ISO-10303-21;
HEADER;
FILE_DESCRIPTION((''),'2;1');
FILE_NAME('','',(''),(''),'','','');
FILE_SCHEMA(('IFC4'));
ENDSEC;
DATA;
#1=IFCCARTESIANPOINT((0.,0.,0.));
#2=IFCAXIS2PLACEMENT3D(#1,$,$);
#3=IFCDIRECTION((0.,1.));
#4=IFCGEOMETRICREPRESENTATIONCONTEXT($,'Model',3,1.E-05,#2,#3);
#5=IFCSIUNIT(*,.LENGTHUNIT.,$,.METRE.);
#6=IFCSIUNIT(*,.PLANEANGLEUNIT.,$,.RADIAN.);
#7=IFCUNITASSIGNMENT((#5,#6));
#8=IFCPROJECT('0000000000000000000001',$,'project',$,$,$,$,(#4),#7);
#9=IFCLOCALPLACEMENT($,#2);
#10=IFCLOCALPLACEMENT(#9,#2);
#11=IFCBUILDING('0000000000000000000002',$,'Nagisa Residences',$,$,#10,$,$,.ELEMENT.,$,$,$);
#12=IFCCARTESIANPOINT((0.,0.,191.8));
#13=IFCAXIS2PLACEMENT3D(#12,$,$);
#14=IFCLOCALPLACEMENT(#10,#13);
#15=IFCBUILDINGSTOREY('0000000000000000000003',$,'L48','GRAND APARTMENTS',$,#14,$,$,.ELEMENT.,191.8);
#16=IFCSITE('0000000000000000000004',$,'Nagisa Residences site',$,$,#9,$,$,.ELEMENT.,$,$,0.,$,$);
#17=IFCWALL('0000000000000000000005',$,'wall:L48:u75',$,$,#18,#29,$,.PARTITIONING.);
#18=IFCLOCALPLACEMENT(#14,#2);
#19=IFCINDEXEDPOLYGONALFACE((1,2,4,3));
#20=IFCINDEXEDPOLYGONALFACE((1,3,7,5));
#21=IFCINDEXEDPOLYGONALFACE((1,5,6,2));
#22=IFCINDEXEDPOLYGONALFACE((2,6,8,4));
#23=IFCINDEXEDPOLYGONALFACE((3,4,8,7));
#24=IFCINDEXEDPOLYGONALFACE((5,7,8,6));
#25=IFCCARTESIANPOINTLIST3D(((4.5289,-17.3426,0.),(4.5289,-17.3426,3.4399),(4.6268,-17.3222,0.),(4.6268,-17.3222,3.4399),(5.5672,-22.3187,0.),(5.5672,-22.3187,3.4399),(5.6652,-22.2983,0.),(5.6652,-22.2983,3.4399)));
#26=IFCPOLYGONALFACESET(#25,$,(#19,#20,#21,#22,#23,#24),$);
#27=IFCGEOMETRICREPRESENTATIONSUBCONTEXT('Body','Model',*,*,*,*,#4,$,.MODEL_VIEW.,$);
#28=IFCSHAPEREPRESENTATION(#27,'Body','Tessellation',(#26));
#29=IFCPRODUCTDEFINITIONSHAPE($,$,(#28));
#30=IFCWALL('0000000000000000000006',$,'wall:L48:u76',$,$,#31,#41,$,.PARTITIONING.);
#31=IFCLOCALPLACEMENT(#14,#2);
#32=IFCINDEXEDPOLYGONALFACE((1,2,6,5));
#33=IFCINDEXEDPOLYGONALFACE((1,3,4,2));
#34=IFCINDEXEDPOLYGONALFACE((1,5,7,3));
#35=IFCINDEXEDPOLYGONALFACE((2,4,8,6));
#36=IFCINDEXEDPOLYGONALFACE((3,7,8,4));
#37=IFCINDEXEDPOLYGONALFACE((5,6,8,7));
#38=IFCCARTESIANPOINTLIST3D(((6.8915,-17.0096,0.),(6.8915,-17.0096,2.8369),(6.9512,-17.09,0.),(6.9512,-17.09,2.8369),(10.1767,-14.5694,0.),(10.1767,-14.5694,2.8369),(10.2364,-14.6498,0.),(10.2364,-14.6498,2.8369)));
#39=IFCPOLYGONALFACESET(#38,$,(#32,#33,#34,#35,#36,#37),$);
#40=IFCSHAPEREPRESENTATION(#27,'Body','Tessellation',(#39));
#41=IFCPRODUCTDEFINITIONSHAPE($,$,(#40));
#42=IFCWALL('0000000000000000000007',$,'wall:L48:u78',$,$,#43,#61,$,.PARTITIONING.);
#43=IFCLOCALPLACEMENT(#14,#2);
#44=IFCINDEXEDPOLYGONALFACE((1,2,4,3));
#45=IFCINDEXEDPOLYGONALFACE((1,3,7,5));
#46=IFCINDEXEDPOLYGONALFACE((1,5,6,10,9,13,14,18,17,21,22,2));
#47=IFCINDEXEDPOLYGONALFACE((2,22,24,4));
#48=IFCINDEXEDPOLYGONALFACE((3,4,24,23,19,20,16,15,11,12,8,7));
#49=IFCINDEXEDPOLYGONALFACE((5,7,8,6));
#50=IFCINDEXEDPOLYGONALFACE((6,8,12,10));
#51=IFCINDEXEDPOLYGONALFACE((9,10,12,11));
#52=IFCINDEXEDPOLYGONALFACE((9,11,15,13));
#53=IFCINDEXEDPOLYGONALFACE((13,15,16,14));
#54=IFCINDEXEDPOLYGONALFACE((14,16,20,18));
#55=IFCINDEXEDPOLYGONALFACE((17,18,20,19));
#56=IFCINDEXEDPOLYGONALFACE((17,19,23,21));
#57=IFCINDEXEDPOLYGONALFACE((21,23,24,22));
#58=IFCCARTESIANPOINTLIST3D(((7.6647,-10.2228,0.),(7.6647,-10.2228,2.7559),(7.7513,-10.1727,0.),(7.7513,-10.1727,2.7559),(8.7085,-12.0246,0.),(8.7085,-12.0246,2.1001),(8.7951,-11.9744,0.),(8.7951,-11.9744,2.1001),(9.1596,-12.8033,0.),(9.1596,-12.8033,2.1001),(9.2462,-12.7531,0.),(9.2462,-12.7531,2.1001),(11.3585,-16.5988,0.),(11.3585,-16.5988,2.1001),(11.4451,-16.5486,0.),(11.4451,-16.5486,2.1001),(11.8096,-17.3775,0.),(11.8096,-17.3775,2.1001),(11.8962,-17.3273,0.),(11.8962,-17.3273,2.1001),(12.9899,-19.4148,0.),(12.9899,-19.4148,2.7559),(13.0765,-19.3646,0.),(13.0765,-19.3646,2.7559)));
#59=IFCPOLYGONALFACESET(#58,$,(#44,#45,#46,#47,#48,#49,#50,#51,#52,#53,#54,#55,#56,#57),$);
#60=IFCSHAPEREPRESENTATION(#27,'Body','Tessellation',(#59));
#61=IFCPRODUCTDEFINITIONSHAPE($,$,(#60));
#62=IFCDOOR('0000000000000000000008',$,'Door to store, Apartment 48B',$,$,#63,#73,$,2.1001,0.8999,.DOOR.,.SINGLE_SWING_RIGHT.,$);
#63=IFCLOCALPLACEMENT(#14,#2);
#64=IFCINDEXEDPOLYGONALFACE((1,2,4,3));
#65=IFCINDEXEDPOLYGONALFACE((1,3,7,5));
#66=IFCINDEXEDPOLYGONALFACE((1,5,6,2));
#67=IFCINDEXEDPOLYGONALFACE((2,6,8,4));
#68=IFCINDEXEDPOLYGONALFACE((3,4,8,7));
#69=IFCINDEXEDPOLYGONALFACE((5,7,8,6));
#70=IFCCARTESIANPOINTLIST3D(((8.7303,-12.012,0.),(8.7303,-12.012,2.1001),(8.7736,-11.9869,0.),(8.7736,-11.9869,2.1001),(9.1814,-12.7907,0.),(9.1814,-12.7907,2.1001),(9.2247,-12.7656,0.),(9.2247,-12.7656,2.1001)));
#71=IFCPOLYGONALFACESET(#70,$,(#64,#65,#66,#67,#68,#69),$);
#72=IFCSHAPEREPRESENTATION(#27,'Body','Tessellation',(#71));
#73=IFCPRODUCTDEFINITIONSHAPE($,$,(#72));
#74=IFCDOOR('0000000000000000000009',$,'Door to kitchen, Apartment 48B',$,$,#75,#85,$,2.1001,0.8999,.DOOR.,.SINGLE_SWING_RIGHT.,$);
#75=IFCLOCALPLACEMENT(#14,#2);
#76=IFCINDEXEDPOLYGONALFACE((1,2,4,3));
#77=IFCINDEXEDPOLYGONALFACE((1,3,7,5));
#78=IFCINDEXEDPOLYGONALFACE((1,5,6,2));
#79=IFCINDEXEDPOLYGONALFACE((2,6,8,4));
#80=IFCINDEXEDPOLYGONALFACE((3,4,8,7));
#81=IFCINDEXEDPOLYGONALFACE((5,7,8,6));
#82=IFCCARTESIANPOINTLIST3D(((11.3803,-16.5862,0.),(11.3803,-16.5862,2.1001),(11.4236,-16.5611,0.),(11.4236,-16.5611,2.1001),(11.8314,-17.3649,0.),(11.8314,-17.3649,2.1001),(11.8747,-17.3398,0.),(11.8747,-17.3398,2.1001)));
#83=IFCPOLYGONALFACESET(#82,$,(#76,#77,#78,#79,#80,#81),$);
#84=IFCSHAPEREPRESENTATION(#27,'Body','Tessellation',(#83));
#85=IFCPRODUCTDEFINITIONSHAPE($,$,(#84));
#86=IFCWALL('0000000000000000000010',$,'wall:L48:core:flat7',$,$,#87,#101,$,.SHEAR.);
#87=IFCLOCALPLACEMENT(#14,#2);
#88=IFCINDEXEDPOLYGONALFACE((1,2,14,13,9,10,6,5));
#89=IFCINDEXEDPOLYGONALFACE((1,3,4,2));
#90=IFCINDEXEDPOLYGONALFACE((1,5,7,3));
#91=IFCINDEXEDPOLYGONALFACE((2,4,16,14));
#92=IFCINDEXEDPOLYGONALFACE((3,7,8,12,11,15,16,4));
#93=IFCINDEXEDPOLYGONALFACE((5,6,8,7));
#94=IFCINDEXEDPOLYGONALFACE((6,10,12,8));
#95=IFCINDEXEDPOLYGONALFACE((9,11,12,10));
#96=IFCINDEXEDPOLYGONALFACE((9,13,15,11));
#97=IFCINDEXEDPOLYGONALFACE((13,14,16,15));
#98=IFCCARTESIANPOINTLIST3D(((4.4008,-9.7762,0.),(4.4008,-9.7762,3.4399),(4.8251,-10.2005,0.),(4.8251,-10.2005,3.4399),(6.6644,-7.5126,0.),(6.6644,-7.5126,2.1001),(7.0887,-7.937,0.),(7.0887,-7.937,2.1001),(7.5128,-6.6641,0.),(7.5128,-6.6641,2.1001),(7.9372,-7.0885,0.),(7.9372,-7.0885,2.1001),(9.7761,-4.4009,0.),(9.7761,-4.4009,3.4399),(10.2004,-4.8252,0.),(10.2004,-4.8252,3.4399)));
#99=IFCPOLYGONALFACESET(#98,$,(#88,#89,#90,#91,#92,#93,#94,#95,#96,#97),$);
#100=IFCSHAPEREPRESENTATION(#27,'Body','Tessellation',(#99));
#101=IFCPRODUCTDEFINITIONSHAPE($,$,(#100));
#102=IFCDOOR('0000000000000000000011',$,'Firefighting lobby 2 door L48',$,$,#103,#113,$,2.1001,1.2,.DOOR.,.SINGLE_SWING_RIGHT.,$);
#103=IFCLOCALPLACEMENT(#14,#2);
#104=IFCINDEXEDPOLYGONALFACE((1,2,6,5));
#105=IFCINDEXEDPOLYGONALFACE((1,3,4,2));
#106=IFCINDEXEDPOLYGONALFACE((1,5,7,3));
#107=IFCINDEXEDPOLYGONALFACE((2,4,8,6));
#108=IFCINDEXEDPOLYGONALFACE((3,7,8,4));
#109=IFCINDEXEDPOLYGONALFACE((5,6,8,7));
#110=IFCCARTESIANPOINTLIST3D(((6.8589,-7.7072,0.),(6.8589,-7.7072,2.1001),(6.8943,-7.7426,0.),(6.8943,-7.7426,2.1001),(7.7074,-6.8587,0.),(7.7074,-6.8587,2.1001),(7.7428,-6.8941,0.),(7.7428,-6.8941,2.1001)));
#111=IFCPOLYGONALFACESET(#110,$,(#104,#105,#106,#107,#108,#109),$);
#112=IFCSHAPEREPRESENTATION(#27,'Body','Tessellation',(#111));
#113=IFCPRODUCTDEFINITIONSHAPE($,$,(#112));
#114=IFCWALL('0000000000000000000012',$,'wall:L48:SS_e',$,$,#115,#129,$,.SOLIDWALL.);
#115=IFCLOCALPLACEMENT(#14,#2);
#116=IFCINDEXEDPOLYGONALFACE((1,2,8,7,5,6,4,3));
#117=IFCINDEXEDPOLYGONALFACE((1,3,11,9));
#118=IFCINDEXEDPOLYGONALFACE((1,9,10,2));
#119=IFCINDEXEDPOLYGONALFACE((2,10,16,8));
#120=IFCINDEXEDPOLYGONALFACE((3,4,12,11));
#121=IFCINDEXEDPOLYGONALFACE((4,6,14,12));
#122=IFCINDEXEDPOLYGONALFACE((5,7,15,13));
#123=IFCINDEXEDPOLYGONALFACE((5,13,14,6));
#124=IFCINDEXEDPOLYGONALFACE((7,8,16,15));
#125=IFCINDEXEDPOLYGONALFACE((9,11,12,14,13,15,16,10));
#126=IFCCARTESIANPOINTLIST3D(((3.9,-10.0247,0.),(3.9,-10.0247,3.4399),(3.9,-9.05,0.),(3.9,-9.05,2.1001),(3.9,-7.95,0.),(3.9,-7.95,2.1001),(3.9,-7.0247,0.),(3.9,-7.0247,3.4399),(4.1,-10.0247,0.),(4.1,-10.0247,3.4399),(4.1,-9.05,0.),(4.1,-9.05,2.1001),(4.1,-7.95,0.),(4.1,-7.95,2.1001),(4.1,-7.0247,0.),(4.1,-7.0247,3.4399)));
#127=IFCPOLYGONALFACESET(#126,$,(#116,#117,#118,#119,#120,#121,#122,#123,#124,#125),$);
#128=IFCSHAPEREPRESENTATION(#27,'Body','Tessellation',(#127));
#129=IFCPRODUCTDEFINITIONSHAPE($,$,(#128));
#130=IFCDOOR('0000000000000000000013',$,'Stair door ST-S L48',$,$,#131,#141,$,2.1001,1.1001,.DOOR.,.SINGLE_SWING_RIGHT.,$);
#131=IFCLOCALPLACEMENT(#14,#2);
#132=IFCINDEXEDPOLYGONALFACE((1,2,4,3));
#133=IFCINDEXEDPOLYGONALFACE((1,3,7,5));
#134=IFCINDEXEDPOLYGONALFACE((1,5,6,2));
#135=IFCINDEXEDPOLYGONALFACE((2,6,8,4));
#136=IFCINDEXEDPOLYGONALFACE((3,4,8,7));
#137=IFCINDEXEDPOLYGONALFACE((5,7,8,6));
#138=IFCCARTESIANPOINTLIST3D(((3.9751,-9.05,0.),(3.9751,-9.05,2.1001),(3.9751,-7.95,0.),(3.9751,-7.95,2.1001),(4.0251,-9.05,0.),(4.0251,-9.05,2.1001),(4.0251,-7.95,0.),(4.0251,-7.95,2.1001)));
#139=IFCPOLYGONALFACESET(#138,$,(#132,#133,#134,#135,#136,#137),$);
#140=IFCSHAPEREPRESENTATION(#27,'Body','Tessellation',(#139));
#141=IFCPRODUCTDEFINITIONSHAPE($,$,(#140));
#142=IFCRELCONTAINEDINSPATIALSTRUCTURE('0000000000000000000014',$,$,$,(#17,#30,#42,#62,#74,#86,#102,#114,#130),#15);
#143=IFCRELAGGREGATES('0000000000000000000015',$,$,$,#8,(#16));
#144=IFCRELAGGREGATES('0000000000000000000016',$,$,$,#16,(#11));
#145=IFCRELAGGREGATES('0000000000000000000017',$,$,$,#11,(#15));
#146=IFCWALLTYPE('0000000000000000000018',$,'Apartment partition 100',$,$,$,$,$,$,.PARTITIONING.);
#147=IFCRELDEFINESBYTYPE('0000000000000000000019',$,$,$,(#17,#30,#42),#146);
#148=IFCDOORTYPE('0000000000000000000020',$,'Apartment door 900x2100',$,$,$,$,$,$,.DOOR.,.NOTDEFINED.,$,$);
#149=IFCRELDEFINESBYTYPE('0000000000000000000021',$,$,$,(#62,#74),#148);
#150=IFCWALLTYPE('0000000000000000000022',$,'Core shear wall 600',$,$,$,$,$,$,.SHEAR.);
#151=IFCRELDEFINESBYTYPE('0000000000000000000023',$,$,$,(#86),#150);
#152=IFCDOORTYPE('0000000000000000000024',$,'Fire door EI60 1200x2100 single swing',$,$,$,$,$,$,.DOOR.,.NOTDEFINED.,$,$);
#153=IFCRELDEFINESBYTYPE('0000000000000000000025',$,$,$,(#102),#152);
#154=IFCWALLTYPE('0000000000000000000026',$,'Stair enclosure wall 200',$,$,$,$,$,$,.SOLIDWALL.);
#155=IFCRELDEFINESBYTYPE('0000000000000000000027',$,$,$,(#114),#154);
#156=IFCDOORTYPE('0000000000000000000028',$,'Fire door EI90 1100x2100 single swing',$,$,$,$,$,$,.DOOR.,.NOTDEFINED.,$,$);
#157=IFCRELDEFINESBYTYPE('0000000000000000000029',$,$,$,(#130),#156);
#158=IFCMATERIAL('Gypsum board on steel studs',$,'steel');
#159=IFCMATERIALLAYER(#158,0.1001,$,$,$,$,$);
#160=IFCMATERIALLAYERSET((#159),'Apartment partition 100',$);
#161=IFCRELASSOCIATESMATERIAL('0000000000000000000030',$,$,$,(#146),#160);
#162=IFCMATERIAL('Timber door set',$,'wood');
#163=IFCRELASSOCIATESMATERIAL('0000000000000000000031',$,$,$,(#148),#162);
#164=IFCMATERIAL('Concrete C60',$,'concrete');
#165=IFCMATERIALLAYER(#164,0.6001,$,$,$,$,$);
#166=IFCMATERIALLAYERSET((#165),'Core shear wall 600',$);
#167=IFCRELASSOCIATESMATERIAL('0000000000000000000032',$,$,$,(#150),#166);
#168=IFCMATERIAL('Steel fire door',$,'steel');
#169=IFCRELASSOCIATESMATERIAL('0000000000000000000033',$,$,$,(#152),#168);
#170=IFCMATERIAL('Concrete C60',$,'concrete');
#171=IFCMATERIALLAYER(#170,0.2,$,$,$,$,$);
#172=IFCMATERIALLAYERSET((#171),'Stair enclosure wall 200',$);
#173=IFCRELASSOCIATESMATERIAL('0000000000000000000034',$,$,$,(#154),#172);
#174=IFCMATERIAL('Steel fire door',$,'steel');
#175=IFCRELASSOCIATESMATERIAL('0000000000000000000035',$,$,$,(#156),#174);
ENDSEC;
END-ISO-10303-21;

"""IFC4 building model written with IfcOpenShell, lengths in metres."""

from ifc_helpers import new_model, si_unit, direction, frame, frame_2d, origin, place, context, subcontext, project, spatial, rectangle, extrude, material, layer, layer_set, type_object, element, fill, save


model = new_model("IFC4")

# Units and contexts
model_context = context("Model", 3, precision=1e-05, world=origin(), true_north=direction((0.0, 1.0)))
body_context = subcontext(model_context, "Body", "Model", "MODEL_VIEW")
ifc_project = project(units=[si_unit("LENGTHUNIT", "METRE"), si_unit("PLANEANGLEUNIT", "RADIAN")], contexts=[model_context])

# Site, building, storey
site_placement = place(None, origin())
site = spatial("IfcSite", under=ifc_project, at=site_placement, Name="Nagisa Residences site", CompositionType="ELEMENT", RefElevation=0.0)
building_placement = place(site_placement, origin())
building = spatial("IfcBuilding", under=site, at=building_placement, Name="Nagisa Residences", CompositionType="ELEMENT")
storey_placement = place(building_placement, frame((0.0, 0.0, 191.8)))
storey = spatial("IfcBuildingStorey", under=building, at=storey_placement, Name="L48", Description="GRAND APARTMENTS", CompositionType="ELEMENT", Elevation=191.8)

# Shared definitions
ifc_material_1 = material(Name="Gypsum board on steel studs", Category="steel")
ifc_layer_1 = layer(ifc_material_1, 0.1001)
ifc_layer_set_1 = layer_set([ifc_layer_1], Name="Apartment partition 100")
wall_type_1 = type_object("IfcWallType", Name="Apartment partition 100", PredefinedType="PARTITIONING", material=ifc_layer_set_1)
ifc_material_2 = material(Name="Timber door set", Category="wood")
door_type_1 = type_object("IfcDoorType", Name="Apartment door 900x2100", OperationType="NOTDEFINED", PredefinedType="DOOR", material=ifc_material_2)

# Walls
wall_1_placement = place(storey_placement, frame((4.5779, -17.3325, 0.0), z_axis=(0.0, 0.0, 1.0), x_axis=(0.204265, -0.978916, 0.0)))
element("IfcWall", 1, at=wall_1_placement, inside=storey, type_object=wall_type_1, Name="wall:L48:u75", PredefinedType="PARTITIONING", context=body_context, shape_type="SweptSolid", body=[
    extrude(rectangle(XDim=5.0833, YDim=0.1001, at=frame_2d((2.5415, 0.0))), origin(), (0.0, 0.0, 1.0), 3.4399),
])
wall_2_placement = place(storey_placement, frame((6.9214, -17.0498, 0.0), z_axis=(0.0, 0.0, 1.0), x_axis=(0.802769, 0.59629, 0.0)))
element("IfcWall", 2, at=wall_2_placement, inside=storey, type_object=wall_type_1, Name="wall:L48:u76", PredefinedType="PARTITIONING", context=body_context, shape_type="SweptSolid", body=[
    extrude(rectangle(XDim=4.0923, YDim=0.1001, at=frame_2d((2.0461, 0.0))), origin(), (0.0, 0.0, 1.0), 2.8369),
])

# Wall, openings, doors
wall_3_placement = place(storey_placement, frame((7.708, -10.1978, 0.0), z_axis=(0.0, 0.0, 1.0), x_axis=(0.501288, -0.86528, 0.0)))
wall_3 = element("IfcWall", 3, at=wall_3_placement, inside=storey, type_object=wall_type_1, Name="wall:L48:u78", PredefinedType="PARTITIONING", context=body_context, shape_type="SweptSolid", body=[
    extrude(rectangle(XDim=10.623, YDim=0.1001, at=frame_2d((5.3115, 0.0))), origin(), (0.0, 0.0, 1.0), 2.7559),
])
opening_1_placement = place(wall_3_placement, frame((2.0823, 0.0, 0.0)))
opening_1 = element("IfcOpeningElement", 4, at=opening_1_placement, cuts=wall_3, PredefinedType="OPENING", context=body_context, shape_type="SweptSolid", body=[
    extrude(rectangle(XDim=0.8999, YDim=2.1001, at=frame_2d((0.45, 1.05))), frame((0.0, 0.0601, 0.0), z_axis=(0.0, -1.0, 0.0), x_axis=(1.0, 0.0, 0.0)), (0.0, 0.0, 1.0), 0.1201),
])
opening_2_placement = place(wall_3_placement, frame((7.3687, 0.0, 0.0)))
opening_2 = element("IfcOpeningElement", 5, at=opening_2_placement, cuts=wall_3, PredefinedType="OPENING", context=body_context, shape_type="SweptSolid", body=[
    extrude(rectangle(XDim=0.8999, YDim=2.1001, at=frame_2d((0.45, 1.05))), frame((0.0, 0.0601, 0.0), z_axis=(0.0, -1.0, 0.0), x_axis=(1.0, 0.0, 0.0)), (0.0, 0.0, 1.0), 0.1201),
])
door_1_placement = place(opening_1_placement, frame((0.8999, 0.0, 0.0), x_axis=(-1.0, 0.0, 0.0)))
door_1 = element("IfcDoor", 6, at=door_1_placement, inside=storey, type_object=door_type_1, Name="Door to store, Apartment 48B", OperationType="SINGLE_SWING_RIGHT", OverallHeight=2.1001, OverallWidth=0.8999, PredefinedType="DOOR", context=body_context, shape_type="SweptSolid", body=[
    extrude(rectangle(XDim=0.8999, YDim=2.1001, at=frame_2d((0.45, 1.05))), frame((0.0, 0.0249, 0.0), z_axis=(0.0, -1.0, 0.0), x_axis=(1.0, 0.0, 0.0)), (0.0, 0.0, 1.0), 0.05),
])
fill(opening_1, door_1)
door_2_placement = place(opening_2_placement, frame((0.8999, 0.0, 0.0), x_axis=(-1.0, 0.0, 0.0)))
door_2 = element("IfcDoor", 7, at=door_2_placement, inside=storey, type_object=door_type_1, Name="Door to kitchen, Apartment 48B", OperationType="SINGLE_SWING_RIGHT", OverallHeight=2.1001, OverallWidth=0.8999, PredefinedType="DOOR", context=body_context, shape_type="SweptSolid", body=[
    extrude(rectangle(XDim=0.8999, YDim=2.1001, at=frame_2d((0.45, 1.05))), frame((0.0, 0.0249, 0.0), z_axis=(0.0, -1.0, 0.0), x_axis=(1.0, 0.0, 0.0)), (0.0, 0.0, 1.0), 0.05),
])
fill(opening_2, door_2)

# Walls, openings, doors
ifc_material_3 = material(Name="Concrete C60", Category="concrete")
ifc_layer_2 = layer(ifc_material_3, 0.6001)
ifc_layer_set_2 = layer_set([ifc_layer_2], Name="Core shear wall 600")
wall_type_2 = type_object("IfcWallType", Name="Core shear wall 600", PredefinedType="SHEAR", material=ifc_layer_set_2)
wall_4_placement = place(storey_placement, frame((4.613, -9.9883, 0.0), z_axis=(0.0, 0.0, 1.0), x_axis=(0.707107, 0.707107, 0.0)))
wall_4 = element("IfcWall", 8, at=wall_4_placement, inside=storey, type_object=wall_type_2, Name="wall:L48:core:flat7", PredefinedType="SHEAR", context=body_context, shape_type="SweptSolid", body=[
    extrude(rectangle(XDim=7.6018, YDim=0.6001, at=frame_2d((3.8008, 0.0))), origin(), (0.0, 0.0, 1.0), 3.4399),
])
opening_3_placement = place(wall_4_placement, frame((3.2009, 0.0, 0.0)))
opening_3 = element("IfcOpeningElement", 9, at=opening_3_placement, cuts=wall_4, PredefinedType="OPENING", context=body_context, shape_type="SweptSolid", body=[
    extrude(rectangle(XDim=1.2, YDim=2.1001, at=frame_2d((0.6001, 1.05))), frame((0.0, 0.3101, 0.0), z_axis=(0.0, -1.0, 0.0), x_axis=(1.0, 0.0, 0.0)), (0.0, 0.0, 1.0), 0.6201),
])
ifc_material_4 = material(Name="Steel fire door", Category="steel")
door_type_2 = type_object("IfcDoorType", Name="Fire door EI60 1200x2100 single swing", OperationType="NOTDEFINED", PredefinedType="DOOR", material=ifc_material_4)
door_3_placement = place(opening_3_placement, origin())
door_3 = element("IfcDoor", 10, at=door_3_placement, inside=storey, type_object=door_type_2, Name="Firefighting lobby 2 door L48", OperationType="SINGLE_SWING_RIGHT", OverallHeight=2.1001, OverallWidth=1.2, PredefinedType="DOOR", context=body_context, shape_type="SweptSolid", body=[
    extrude(rectangle(XDim=1.2, YDim=2.1001, at=frame_2d((0.6001, 1.05))), frame((0.0, 0.0249, 0.0), z_axis=(0.0, -1.0, 0.0), x_axis=(1.0, 0.0, 0.0)), (0.0, 0.0, 1.0), 0.05),
])
fill(opening_3, door_3)
ifc_material_5 = material(Name="Concrete C60", Category="concrete")
ifc_layer_3 = layer(ifc_material_5, 0.2)
ifc_layer_set_3 = layer_set([ifc_layer_3], Name="Stair enclosure wall 200")
wall_type_3 = type_object("IfcWallType", Name="Stair enclosure wall 200", PredefinedType="SOLIDWALL", material=ifc_layer_set_3)
wall_5_placement = place(storey_placement, frame((4.0, -10.0247, 0.0), z_axis=(0.0, 0.0, 1.0), x_axis=(0.0, 1.0, 0.0)))
wall_5 = element("IfcWall", 11, at=wall_5_placement, inside=storey, type_object=wall_type_3, Name="wall:L48:SS_e", PredefinedType="SOLIDWALL", context=body_context, shape_type="SweptSolid", body=[
    extrude(rectangle(XDim=3.0, YDim=0.2, at=frame_2d((1.5, 0.0))), origin(), (0.0, 0.0, 1.0), 3.4399),
])
opening_4_placement = place(wall_5_placement, frame((0.9746, 0.0, 0.0)))
opening_4 = element("IfcOpeningElement", 12, at=opening_4_placement, cuts=wall_5, PredefinedType="OPENING", context=body_context, shape_type="SweptSolid", body=[
    extrude(rectangle(XDim=1.1001, YDim=2.1001, at=frame_2d((0.55, 1.05))), frame((0.0, 0.1099, 0.0), z_axis=(0.0, -1.0, 0.0), x_axis=(1.0, 0.0, 0.0)), (0.0, 0.0, 1.0), 0.22),
])
ifc_material_6 = material(Name="Steel fire door", Category="steel")
door_type_3 = type_object("IfcDoorType", Name="Fire door EI90 1100x2100 single swing", OperationType="NOTDEFINED", PredefinedType="DOOR", material=ifc_material_6)
door_4_placement = place(opening_4_placement, origin())
door_4 = element("IfcDoor", 13, at=door_4_placement, inside=storey, type_object=door_type_3, Name="Stair door ST-S L48", OperationType="SINGLE_SWING_RIGHT", OverallHeight=2.1001, OverallWidth=1.1001, PredefinedType="DOOR", context=body_context, shape_type="SweptSolid", body=[
    extrude(rectangle(XDim=1.1001, YDim=2.1001, at=frame_2d((0.55, 1.05))), frame((0.0, 0.0249, 0.0), z_axis=(0.0, -1.0, 0.0), x_axis=(1.0, 0.0, 0.0)), (0.0, 0.0, 1.0), 0.05),
])
fill(opening_4, door_4)

save(model, "model.ifc")
